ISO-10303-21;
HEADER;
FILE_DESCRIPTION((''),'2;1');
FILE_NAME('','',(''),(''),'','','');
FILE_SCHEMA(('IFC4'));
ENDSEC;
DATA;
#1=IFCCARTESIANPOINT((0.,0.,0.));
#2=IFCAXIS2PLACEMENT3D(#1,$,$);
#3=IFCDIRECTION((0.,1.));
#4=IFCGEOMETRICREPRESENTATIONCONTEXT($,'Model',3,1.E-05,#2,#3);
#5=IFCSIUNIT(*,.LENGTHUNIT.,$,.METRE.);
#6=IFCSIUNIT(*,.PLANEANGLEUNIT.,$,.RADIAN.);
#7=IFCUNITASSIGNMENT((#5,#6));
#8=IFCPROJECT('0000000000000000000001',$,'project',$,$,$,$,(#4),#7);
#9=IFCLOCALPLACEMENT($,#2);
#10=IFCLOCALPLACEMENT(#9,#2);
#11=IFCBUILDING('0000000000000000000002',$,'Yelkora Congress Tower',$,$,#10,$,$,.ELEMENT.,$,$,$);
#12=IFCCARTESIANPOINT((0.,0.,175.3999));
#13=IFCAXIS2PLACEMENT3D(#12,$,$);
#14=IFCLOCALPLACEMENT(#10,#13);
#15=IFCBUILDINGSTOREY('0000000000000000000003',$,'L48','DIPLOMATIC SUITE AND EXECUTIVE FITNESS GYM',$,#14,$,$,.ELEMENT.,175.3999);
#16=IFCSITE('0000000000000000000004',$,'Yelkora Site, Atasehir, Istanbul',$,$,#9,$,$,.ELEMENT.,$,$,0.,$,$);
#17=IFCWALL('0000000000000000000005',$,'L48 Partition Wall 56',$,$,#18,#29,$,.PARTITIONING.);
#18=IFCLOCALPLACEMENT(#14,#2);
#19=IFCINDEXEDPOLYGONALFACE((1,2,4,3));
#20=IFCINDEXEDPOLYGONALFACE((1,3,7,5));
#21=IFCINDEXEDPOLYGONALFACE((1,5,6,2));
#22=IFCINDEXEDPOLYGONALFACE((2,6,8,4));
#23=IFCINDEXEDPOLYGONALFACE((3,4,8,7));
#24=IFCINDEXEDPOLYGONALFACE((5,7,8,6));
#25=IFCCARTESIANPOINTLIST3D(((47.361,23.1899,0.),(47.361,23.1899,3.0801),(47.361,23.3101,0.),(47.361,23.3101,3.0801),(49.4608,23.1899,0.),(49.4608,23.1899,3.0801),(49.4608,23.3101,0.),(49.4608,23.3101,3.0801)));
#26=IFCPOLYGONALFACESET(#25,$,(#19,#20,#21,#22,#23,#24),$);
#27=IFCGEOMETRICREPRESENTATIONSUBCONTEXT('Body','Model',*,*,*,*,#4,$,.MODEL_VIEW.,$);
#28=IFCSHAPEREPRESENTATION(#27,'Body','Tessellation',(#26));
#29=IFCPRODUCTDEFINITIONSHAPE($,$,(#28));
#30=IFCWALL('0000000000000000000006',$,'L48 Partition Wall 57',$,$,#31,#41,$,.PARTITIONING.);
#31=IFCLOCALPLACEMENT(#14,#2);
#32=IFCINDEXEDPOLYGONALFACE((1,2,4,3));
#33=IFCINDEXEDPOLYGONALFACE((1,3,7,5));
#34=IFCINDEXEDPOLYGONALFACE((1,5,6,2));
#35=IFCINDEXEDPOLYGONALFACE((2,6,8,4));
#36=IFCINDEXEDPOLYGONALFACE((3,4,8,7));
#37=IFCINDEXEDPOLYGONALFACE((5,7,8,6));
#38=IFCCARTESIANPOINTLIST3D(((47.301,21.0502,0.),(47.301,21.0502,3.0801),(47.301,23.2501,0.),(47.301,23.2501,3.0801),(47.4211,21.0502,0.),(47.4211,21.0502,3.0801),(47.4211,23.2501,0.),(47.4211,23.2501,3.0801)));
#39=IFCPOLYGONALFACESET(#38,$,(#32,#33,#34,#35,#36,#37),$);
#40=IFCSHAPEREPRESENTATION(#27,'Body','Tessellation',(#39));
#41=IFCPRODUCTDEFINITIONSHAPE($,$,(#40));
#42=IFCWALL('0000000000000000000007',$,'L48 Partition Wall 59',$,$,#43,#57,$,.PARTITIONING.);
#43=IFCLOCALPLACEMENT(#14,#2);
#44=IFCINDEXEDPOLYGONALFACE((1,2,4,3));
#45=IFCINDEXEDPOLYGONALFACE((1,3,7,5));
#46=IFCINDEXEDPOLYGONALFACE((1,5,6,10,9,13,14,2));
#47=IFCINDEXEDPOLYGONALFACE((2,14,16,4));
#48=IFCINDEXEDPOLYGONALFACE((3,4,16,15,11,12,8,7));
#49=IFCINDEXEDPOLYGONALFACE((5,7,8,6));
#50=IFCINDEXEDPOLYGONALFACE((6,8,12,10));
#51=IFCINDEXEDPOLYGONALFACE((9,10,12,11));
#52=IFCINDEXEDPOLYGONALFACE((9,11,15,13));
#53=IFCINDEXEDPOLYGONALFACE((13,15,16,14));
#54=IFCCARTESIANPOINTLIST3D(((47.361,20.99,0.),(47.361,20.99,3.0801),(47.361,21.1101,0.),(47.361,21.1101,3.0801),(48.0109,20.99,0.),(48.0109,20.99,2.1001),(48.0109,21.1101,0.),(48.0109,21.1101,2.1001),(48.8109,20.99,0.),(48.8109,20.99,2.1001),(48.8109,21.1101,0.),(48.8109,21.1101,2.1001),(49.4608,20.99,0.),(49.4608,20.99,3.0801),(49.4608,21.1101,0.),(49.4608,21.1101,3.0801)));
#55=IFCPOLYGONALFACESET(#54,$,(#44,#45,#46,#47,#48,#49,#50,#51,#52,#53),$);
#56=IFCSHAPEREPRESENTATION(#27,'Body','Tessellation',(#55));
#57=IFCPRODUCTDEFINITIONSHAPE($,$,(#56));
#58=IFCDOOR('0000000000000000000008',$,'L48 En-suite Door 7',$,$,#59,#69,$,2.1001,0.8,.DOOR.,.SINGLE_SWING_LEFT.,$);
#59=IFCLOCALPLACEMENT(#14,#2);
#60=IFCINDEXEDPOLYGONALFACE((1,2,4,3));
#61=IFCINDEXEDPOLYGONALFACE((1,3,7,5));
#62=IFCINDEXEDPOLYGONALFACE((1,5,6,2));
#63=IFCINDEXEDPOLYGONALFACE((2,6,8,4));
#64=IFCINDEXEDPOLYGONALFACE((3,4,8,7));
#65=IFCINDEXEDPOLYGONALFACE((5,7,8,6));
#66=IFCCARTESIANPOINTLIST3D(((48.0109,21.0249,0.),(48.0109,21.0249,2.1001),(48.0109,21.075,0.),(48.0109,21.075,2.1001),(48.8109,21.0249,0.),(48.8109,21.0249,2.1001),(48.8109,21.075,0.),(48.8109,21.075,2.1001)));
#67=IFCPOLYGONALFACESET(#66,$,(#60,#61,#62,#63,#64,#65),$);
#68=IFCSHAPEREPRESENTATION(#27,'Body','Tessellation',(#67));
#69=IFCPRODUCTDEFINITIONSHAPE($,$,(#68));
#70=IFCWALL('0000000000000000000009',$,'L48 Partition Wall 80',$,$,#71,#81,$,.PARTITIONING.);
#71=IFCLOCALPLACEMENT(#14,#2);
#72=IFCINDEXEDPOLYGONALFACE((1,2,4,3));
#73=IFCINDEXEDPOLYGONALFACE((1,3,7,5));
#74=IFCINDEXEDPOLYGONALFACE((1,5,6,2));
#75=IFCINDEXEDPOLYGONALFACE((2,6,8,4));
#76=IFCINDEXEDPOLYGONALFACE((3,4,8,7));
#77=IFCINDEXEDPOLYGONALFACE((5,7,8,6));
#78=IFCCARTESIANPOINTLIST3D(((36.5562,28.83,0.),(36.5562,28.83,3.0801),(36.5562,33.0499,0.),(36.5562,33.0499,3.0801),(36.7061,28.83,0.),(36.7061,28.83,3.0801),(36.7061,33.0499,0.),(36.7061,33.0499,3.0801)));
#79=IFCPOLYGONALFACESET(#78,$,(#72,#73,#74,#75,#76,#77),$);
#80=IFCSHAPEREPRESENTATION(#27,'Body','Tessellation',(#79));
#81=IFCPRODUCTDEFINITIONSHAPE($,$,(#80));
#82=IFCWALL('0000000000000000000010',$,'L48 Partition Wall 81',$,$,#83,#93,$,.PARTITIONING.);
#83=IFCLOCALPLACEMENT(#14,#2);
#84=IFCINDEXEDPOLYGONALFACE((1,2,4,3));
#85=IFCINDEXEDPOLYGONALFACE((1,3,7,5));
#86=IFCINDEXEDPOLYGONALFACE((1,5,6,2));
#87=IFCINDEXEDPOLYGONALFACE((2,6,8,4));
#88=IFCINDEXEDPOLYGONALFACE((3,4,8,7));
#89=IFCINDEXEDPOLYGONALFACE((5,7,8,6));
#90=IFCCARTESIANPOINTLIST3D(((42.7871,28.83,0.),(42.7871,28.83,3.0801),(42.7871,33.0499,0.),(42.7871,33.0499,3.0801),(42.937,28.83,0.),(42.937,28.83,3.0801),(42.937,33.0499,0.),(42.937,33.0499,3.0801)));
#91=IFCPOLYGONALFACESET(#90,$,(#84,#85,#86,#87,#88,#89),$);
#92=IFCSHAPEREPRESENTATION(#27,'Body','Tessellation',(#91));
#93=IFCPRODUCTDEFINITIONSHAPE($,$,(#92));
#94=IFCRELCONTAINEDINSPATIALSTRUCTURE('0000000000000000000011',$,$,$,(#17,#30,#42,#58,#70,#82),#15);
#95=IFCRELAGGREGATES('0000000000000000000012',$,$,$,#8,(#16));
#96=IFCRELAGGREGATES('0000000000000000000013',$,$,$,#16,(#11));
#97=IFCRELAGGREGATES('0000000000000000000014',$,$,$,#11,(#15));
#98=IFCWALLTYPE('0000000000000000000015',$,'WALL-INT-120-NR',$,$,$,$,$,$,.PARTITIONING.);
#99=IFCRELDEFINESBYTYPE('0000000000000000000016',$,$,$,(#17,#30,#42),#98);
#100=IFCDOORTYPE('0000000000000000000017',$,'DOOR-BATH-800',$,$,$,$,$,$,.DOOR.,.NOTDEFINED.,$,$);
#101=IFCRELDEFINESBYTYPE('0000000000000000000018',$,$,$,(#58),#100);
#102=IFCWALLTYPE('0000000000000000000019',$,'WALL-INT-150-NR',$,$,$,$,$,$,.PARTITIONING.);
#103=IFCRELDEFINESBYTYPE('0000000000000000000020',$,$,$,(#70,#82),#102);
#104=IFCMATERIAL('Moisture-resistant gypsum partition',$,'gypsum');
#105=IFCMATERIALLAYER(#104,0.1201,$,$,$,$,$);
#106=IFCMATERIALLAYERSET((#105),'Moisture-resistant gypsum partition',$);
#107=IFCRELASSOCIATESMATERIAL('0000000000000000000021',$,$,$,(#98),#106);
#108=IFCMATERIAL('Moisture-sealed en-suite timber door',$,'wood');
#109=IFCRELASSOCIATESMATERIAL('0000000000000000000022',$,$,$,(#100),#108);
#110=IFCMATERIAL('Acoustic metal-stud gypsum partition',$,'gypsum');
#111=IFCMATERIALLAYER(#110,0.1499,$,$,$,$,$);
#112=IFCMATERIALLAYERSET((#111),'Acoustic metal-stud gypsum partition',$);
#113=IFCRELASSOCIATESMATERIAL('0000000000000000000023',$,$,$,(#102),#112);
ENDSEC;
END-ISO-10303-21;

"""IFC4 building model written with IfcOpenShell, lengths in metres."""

from ifc_helpers import new_model, si_unit, direction, frame, frame_2d, origin, place, context, subcontext, project, spatial, rectangle, extrude, material, layer, layer_set, type_object, element, fill, save


model = new_model("IFC4")

# Units and contexts
model_context = context("Model", 3, precision=1e-05, world=origin(), true_north=direction((0.0, 1.0)))
body_context = subcontext(model_context, "Body", "Model", "MODEL_VIEW")
ifc_project = project(units=[si_unit("LENGTHUNIT", "METRE"), si_unit("PLANEANGLEUNIT", "RADIAN")], contexts=[model_context])

# Site, building, storey
site_placement = place(None, origin())
site = spatial("IfcSite", under=ifc_project, at=site_placement, Name="Yelkora Site, Atasehir, Istanbul", CompositionType="ELEMENT", RefElevation=0.0)
building_placement = place(site_placement, origin())
building = spatial("IfcBuilding", under=site, at=building_placement, Name="Yelkora Congress Tower", CompositionType="ELEMENT")
storey_placement = place(building_placement, frame((0.0, 0.0, 175.3999)))
storey = spatial("IfcBuildingStorey", under=building, at=storey_placement, Name="L48", Description="DIPLOMATIC SUITE AND EXECUTIVE FITNESS GYM", CompositionType="ELEMENT", Elevation=175.3999)

# Shared definitions
ifc_material_1 = material(Name="Moisture-resistant gypsum partition", Category="gypsum")
ifc_layer_1 = layer(ifc_material_1, 0.1201)
ifc_layer_set_1 = layer_set([ifc_layer_1], Name="Moisture-resistant gypsum partition")
wall_type_1 = type_object("IfcWallType", Name="WALL-INT-120-NR", PredefinedType="PARTITIONING", material=ifc_layer_set_1)

# Shared definitions
ifc_material_2 = material(Name="Moisture-sealed en-suite timber door", Category="wood")
door_type = type_object("IfcDoorType", Name="DOOR-BATH-800", OperationType="NOTDEFINED", PredefinedType="DOOR", material=ifc_material_2)

# Walls
wall_1_placement = place(storey_placement, frame((47.3611, 23.25, 0.0), z_axis=(0.0, 0.0, 1.0), x_axis=(1.0, 0.0, 0.0)))
element("IfcWall", 1, at=wall_1_placement, inside=storey, type_object=wall_type_1, Name="L48 Partition Wall 56", PredefinedType="PARTITIONING", context=body_context, shape_type="SweptSolid", body=[
    extrude(rectangle(XDim=2.0999, YDim=0.1201, at=frame_2d((1.0498, 0.0))), origin(), (0.0, 0.0, 1.0), 3.0801),
])
wall_2_placement = place(storey_placement, frame((47.3611, 21.05, 0.0), z_axis=(0.0, 0.0, 1.0), x_axis=(0.0, 1.0, 0.0)))
element("IfcWall", 2, at=wall_2_placement, inside=storey, type_object=wall_type_1, Name="L48 Partition Wall 57", PredefinedType="PARTITIONING", context=body_context, shape_type="SweptSolid", body=[
    extrude(rectangle(XDim=2.2, YDim=0.1201, at=frame_2d((1.1001, 0.0))), origin(), (0.0, 0.0, 1.0), 3.0801),
])

# Wall, opening, door
wall_3_placement = place(storey_placement, frame((47.3611, 21.05, 0.0), z_axis=(0.0, 0.0, 1.0), x_axis=(1.0, 0.0, 0.0)))
wall_3 = element("IfcWall", 3, at=wall_3_placement, inside=storey, type_object=wall_type_1, Name="L48 Partition Wall 59", PredefinedType="PARTITIONING", context=body_context, shape_type="SweptSolid", body=[
    extrude(rectangle(XDim=2.0999, YDim=0.1201, at=frame_2d((1.0498, 0.0))), origin(), (0.0, 0.0, 1.0), 3.0801),
])
opening_1_placement = place(wall_3_placement, frame((0.6499, 0.0, 0.0)))
opening_1 = element("IfcOpeningElement", 4, at=opening_1_placement, cuts=wall_3, PredefinedType="OPENING", context=body_context, shape_type="SweptSolid", body=[
    extrude(rectangle(XDim=0.8, YDim=2.1001, at=frame_2d((0.3999, 1.05))), frame((0.0, 0.0701, 0.0), z_axis=(0.0, -1.0, 0.0), x_axis=(1.0, 0.0, 0.0)), (0.0, 0.0, 1.0), 0.1401),
])
door_1_placement = place(opening_1_placement, origin())
door_1 = element("IfcDoor", 5, at=door_1_placement, inside=storey, type_object=door_type, Name="L48 En-suite Door 7", OperationType="SINGLE_SWING_LEFT", OverallHeight=2.1001, OverallWidth=0.8, PredefinedType="DOOR", context=body_context, shape_type="SweptSolid", body=[
    extrude(rectangle(XDim=0.8, YDim=2.1001, at=frame_2d((0.3999, 1.05))), frame((0.0, 0.0249, 0.0), z_axis=(0.0, -1.0, 0.0), x_axis=(1.0, 0.0, 0.0)), (0.0, 0.0, 1.0), 0.05),
])
fill(opening_1, door_1)

# Walls
ifc_material_3 = material(Name="Acoustic metal-stud gypsum partition", Category="gypsum")
ifc_layer_2 = layer(ifc_material_3, 0.1499)
ifc_layer_set_2 = layer_set([ifc_layer_2], Name="Acoustic metal-stud gypsum partition")
wall_type_2 = type_object("IfcWallType", Name="WALL-INT-150-NR", PredefinedType="PARTITIONING", material=ifc_layer_set_2)
for number, where, z_axis, x_axis, name in (
    (6, (36.6311, 28.8301, 0.0), (0.0, 0.0, 1.0), (0.0, 1.0, 0.0), "L48 Partition Wall 80"),
    (7, (42.8621, 28.8301, 0.0), (0.0, 0.0, 1.0), (0.0, 1.0, 0.0), "L48 Partition Wall 81"),
):
    element("IfcWall", number, at=place(storey_placement, frame(where, z_axis=z_axis, x_axis=x_axis)), inside=storey, type_object=wall_type_2, Name=name, PredefinedType="PARTITIONING", context=body_context, shape_type="SweptSolid", body=[
        extrude(rectangle(XDim=4.22, YDim=0.1499, at=frame_2d((2.1099, 0.0))), origin(), (0.0, 0.0, 1.0), 3.0801),
    ])

save(model, "model.ifc")
